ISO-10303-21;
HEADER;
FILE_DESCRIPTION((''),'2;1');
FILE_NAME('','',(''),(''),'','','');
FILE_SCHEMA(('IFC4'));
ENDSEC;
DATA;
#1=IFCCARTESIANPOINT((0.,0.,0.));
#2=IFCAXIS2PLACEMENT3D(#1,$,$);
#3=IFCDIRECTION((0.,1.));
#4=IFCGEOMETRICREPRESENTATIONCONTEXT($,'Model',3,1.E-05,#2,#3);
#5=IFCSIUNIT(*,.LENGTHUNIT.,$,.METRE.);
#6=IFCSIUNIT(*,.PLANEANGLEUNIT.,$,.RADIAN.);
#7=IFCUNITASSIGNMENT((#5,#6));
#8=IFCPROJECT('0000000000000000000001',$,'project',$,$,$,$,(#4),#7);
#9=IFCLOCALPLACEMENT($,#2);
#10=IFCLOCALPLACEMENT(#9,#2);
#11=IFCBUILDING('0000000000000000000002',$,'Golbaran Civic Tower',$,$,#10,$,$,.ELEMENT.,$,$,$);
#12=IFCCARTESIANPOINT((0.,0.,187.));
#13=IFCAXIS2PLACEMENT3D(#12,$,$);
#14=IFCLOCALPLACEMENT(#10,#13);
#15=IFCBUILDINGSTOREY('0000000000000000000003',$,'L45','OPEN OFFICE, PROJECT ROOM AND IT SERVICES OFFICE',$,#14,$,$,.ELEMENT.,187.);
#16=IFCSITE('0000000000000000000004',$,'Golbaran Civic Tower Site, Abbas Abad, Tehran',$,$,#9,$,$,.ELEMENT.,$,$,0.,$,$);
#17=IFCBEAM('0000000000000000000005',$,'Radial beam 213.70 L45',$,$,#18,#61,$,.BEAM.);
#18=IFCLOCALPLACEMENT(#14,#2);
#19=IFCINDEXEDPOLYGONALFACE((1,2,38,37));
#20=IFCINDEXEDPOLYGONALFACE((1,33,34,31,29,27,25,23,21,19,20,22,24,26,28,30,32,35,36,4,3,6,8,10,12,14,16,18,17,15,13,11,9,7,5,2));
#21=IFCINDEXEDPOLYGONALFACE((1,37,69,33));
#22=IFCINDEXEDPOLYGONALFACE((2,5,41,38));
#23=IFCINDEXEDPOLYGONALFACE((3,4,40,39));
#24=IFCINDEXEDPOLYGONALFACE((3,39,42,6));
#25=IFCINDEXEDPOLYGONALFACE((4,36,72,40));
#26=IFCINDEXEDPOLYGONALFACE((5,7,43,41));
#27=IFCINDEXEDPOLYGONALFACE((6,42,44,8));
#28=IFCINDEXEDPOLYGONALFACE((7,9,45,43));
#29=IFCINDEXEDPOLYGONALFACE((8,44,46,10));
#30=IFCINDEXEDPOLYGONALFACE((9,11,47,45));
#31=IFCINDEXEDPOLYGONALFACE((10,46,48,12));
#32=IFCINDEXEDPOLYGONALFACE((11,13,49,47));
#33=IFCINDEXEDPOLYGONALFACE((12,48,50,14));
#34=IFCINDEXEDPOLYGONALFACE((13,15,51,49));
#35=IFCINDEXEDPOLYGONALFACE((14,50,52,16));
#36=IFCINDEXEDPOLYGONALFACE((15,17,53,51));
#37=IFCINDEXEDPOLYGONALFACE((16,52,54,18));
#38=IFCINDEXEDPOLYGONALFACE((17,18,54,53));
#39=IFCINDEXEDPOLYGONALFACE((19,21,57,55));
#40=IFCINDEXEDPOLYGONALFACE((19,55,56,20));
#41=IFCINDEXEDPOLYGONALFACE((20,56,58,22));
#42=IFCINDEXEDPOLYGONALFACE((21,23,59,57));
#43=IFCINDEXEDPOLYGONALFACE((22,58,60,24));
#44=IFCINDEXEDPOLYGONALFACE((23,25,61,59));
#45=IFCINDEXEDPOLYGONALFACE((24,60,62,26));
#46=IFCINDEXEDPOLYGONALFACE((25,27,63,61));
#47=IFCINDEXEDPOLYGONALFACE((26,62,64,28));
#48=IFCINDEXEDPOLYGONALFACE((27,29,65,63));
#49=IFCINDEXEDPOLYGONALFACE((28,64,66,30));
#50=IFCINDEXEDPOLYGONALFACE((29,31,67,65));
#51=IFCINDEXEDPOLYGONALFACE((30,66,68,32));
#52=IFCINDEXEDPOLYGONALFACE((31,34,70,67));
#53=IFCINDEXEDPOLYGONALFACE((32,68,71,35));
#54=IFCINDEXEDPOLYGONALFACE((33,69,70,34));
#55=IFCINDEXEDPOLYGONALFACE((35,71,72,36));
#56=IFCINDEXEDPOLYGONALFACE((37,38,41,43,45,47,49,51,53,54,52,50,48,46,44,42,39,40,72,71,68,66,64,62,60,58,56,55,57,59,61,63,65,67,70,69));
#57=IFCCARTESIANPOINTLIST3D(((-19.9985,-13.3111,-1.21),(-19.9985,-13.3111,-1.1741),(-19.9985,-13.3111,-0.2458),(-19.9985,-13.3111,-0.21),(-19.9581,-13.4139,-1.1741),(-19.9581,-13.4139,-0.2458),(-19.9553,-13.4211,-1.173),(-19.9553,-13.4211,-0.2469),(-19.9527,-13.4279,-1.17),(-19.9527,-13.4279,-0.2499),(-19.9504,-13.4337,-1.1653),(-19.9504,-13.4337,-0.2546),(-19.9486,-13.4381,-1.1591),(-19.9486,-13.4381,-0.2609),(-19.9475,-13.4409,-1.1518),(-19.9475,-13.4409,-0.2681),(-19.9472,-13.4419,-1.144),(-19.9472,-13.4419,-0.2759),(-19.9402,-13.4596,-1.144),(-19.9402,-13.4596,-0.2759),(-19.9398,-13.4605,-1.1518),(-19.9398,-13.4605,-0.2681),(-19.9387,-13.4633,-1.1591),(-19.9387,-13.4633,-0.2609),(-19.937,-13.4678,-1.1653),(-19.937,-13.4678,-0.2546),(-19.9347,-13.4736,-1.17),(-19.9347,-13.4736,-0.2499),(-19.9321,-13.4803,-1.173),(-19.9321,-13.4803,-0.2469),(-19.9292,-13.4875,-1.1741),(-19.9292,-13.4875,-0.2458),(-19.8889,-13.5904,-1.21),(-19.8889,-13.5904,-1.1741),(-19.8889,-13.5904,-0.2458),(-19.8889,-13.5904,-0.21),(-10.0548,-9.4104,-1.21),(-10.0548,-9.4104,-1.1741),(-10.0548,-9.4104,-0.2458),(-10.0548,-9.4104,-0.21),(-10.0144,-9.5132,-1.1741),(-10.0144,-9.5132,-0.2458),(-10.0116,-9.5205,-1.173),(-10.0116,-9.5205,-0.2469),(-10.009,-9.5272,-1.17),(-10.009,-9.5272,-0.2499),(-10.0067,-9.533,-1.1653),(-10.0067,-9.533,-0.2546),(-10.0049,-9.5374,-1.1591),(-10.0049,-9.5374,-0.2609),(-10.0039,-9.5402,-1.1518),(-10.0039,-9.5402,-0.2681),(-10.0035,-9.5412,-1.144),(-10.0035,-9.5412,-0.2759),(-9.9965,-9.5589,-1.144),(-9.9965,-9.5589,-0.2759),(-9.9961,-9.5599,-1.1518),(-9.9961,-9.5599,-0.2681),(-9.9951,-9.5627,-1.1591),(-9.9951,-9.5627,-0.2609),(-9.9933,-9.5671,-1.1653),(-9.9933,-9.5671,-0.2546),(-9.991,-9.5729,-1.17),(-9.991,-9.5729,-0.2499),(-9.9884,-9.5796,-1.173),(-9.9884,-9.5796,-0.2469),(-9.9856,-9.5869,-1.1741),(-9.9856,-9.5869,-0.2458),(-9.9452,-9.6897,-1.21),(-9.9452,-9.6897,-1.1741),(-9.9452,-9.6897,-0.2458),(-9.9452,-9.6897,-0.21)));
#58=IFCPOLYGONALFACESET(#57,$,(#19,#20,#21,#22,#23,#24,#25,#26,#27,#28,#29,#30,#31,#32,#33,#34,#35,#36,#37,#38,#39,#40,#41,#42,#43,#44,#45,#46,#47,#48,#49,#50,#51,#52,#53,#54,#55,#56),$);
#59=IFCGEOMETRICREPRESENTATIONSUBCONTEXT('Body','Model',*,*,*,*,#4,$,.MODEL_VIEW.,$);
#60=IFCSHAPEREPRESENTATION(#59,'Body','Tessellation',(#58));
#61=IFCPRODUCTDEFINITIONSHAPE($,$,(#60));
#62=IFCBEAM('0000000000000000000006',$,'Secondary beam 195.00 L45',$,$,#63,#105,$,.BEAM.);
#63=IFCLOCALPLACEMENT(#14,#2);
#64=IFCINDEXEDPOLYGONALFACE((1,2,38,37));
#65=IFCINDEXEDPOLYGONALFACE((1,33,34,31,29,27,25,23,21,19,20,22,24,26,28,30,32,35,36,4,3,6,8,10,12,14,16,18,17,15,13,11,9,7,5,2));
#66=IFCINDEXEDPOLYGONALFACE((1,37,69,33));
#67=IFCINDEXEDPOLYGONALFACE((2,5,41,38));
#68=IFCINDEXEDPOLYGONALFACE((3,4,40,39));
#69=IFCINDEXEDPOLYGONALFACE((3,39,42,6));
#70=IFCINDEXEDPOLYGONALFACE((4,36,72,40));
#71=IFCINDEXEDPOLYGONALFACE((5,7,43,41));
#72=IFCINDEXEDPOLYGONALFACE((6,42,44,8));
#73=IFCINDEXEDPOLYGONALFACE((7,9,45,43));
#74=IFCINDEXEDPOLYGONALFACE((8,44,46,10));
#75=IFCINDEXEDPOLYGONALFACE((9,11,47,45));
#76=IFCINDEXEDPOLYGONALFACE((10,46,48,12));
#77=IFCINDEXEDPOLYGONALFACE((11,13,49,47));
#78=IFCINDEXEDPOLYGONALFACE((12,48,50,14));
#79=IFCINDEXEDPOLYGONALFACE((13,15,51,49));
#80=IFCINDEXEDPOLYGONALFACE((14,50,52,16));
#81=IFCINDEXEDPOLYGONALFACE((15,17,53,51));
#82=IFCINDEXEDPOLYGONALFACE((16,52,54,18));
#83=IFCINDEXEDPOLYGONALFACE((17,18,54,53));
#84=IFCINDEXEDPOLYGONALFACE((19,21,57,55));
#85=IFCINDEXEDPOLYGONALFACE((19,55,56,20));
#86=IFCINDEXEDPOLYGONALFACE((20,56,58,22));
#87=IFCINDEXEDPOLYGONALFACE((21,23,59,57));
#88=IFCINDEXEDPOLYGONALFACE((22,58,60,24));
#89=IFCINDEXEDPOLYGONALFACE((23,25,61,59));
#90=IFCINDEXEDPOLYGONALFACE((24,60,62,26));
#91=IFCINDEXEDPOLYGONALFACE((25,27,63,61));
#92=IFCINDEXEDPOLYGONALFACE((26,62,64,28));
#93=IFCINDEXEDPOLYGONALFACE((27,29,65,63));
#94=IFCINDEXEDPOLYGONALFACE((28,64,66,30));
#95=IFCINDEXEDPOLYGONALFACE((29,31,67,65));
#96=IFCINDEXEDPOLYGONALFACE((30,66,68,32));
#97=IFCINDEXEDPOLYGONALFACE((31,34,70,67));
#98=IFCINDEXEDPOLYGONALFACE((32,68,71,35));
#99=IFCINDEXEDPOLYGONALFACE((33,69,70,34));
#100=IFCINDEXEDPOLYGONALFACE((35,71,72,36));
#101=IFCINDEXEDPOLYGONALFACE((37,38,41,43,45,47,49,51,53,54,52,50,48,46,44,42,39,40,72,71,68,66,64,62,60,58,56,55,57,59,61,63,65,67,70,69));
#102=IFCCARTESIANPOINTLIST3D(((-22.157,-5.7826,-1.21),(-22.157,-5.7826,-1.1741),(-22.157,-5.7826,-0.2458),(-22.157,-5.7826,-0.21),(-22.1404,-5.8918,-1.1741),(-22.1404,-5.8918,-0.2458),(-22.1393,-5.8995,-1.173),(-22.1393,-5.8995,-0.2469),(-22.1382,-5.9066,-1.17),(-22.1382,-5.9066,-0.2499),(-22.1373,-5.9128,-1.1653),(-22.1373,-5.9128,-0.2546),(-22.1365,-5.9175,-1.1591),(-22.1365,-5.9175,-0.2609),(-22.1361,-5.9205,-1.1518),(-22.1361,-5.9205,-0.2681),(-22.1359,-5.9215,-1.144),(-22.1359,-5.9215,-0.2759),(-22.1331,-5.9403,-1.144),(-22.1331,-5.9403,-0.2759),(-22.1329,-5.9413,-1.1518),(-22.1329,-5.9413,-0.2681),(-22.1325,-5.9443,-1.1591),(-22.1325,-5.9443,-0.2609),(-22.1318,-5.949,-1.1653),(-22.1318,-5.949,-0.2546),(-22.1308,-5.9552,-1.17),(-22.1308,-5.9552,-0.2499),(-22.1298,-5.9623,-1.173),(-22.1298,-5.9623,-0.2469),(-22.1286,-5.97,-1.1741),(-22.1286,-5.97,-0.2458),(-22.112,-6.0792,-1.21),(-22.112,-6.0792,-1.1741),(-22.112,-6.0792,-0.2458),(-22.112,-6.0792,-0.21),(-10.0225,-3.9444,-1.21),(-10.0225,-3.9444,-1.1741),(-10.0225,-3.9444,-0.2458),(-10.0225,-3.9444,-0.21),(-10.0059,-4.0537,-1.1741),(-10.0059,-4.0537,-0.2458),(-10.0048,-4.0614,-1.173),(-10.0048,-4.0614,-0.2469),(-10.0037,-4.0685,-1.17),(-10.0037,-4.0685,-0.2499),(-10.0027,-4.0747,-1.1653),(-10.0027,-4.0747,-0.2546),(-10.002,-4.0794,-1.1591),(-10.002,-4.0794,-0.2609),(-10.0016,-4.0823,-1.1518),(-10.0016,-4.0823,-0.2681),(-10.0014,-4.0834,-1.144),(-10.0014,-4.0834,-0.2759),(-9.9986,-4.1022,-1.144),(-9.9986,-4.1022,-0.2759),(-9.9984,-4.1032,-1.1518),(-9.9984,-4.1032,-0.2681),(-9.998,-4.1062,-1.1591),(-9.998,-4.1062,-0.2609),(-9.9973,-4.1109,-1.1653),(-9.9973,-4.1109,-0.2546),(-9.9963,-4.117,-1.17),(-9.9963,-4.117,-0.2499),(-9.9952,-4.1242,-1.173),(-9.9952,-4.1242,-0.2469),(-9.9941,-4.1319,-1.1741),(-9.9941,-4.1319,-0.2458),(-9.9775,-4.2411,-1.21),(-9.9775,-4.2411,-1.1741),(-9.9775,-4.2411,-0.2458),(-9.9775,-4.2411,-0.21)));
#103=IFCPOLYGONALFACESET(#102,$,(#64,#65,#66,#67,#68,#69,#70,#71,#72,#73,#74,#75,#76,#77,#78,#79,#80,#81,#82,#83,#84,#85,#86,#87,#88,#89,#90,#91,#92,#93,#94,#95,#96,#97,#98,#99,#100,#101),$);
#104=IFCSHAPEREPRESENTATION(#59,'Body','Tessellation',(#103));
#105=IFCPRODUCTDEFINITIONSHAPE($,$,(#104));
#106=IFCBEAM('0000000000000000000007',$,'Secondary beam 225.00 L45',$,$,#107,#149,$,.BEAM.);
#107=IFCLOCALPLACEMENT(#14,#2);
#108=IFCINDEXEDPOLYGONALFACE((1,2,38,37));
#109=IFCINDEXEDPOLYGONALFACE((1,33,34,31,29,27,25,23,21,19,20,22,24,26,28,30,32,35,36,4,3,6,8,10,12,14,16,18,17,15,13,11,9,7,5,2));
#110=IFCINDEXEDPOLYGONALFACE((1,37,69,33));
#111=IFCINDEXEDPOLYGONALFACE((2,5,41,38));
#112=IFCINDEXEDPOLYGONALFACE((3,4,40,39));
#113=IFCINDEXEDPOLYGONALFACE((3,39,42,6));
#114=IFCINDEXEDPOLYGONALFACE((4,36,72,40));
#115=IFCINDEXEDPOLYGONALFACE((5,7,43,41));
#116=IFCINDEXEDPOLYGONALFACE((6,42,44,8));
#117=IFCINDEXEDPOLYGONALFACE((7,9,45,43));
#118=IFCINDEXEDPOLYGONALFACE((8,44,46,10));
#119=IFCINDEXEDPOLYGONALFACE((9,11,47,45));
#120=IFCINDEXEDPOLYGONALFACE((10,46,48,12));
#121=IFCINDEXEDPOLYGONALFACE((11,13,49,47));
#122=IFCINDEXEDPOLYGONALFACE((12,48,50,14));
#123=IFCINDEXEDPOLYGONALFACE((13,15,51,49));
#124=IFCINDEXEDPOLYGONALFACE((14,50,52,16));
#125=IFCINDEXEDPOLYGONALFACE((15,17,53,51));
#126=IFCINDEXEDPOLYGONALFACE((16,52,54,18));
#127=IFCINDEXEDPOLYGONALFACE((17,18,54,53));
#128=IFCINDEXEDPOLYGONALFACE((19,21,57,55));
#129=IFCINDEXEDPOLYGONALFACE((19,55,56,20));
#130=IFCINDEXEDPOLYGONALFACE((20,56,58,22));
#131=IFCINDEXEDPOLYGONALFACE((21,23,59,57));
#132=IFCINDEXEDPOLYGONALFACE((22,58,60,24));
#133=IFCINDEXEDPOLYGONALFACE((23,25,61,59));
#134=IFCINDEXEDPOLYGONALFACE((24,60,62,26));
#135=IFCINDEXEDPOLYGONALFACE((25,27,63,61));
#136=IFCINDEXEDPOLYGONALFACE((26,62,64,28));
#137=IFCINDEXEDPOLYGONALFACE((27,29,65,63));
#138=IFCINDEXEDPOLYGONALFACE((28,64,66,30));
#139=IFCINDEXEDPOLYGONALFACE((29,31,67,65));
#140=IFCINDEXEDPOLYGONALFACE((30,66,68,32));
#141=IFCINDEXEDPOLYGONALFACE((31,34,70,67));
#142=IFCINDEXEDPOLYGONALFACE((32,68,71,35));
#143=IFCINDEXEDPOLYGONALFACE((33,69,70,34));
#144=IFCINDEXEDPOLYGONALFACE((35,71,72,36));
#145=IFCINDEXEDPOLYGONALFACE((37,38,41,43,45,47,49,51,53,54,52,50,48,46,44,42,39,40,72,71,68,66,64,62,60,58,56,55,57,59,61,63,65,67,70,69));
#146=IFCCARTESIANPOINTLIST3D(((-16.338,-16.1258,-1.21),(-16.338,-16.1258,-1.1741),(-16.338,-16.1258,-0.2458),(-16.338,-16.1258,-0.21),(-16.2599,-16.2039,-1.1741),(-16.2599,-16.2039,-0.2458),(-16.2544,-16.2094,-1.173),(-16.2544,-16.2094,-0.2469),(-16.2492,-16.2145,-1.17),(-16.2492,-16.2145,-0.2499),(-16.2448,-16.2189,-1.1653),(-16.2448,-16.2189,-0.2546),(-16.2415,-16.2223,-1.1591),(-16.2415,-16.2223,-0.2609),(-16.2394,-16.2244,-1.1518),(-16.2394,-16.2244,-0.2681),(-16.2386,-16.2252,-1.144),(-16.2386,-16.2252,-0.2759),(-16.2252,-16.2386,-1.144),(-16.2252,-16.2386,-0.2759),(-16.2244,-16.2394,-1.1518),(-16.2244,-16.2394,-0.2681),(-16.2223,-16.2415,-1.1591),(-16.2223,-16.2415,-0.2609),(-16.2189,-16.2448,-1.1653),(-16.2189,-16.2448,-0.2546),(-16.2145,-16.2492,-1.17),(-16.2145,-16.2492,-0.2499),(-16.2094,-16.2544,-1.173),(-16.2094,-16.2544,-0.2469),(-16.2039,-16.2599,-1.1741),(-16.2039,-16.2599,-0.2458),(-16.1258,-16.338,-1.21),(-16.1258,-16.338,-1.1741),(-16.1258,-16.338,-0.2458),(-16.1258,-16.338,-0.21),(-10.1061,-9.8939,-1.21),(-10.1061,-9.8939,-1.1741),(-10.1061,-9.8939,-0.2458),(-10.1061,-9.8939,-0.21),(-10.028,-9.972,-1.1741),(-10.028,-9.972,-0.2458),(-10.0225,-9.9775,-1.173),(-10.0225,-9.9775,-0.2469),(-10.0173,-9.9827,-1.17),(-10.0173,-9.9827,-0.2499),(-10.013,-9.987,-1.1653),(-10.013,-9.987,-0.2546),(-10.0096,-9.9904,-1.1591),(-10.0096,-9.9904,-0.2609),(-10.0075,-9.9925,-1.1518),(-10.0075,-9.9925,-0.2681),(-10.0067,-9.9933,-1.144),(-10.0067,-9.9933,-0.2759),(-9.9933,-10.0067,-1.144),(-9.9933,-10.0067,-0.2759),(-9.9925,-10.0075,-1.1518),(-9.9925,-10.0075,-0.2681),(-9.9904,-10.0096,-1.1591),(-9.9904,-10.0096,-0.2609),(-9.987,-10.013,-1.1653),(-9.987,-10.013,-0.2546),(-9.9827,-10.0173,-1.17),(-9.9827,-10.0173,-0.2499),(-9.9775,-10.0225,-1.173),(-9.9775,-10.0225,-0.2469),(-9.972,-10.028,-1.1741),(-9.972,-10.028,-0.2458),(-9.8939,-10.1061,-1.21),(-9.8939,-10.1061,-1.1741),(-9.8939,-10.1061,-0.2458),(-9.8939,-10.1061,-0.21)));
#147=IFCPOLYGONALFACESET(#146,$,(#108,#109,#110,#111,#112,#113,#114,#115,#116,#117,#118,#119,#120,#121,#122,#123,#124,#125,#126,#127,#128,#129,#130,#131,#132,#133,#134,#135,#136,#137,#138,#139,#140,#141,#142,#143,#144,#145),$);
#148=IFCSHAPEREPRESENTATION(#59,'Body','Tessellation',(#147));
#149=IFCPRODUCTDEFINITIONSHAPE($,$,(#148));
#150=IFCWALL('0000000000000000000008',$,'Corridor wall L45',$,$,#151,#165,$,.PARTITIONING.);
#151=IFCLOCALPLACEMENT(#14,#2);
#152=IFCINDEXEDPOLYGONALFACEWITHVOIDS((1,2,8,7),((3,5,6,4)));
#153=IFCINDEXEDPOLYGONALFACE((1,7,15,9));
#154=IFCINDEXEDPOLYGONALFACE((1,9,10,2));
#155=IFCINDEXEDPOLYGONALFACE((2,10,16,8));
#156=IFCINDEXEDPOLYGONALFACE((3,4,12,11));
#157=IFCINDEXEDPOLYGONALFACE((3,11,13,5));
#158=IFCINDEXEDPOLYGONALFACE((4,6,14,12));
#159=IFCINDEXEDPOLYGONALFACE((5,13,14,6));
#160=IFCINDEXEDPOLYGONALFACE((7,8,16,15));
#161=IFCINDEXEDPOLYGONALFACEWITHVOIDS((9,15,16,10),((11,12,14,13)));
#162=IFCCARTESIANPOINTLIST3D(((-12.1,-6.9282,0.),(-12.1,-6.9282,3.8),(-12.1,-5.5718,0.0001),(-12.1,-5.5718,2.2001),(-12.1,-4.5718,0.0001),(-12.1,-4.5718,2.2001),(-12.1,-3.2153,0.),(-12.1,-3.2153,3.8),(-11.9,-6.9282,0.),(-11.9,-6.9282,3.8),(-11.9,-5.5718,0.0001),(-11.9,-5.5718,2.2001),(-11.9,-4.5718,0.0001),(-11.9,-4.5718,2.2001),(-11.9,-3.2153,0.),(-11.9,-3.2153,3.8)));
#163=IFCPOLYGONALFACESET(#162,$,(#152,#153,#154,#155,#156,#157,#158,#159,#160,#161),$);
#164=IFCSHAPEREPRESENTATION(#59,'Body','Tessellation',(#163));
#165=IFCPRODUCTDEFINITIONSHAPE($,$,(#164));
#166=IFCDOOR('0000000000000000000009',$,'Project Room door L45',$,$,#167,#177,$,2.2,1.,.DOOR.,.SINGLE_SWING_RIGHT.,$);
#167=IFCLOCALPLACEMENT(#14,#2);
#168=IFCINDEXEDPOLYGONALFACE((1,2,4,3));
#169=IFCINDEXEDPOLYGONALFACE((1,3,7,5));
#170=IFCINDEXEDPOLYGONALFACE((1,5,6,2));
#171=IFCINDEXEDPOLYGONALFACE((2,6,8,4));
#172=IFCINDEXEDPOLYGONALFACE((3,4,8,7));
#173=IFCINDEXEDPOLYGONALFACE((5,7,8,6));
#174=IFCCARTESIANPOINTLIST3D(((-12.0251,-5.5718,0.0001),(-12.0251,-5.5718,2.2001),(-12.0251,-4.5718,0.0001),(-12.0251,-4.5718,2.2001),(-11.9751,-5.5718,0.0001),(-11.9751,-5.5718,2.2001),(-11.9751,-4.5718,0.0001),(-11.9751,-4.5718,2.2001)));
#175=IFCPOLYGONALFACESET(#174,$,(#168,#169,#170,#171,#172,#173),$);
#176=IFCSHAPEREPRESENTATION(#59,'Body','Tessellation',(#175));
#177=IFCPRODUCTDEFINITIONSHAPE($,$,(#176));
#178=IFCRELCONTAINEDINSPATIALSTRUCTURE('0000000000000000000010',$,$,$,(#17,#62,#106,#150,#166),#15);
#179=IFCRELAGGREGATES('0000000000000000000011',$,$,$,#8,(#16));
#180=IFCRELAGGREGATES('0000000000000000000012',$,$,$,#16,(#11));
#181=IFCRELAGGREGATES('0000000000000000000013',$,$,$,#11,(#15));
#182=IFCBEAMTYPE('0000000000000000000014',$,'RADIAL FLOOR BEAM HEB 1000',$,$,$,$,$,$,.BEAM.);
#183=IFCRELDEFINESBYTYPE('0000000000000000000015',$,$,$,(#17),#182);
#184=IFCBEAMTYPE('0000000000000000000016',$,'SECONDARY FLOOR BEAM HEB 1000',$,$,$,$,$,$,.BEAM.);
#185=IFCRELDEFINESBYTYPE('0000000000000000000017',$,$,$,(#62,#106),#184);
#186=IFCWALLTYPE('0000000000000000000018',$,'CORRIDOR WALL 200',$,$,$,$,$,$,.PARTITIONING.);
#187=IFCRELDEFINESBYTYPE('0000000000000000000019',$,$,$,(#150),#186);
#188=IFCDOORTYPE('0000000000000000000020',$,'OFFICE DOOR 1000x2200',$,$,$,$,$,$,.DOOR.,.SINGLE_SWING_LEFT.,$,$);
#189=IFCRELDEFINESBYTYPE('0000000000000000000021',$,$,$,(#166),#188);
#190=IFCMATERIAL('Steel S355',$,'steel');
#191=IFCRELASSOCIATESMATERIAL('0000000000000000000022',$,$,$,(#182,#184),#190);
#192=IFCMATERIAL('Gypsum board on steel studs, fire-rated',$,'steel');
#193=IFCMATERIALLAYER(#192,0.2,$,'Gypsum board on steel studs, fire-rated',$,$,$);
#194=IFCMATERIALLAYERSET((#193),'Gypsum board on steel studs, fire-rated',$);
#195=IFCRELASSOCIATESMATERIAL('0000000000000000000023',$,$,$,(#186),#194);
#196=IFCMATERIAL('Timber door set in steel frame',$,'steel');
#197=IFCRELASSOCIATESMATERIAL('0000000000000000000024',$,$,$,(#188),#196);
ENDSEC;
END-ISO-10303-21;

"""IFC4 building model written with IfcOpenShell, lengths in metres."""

from ifc_helpers import new_model, si_unit, direction, frame, frame_2d, origin, origin_2d, place, context, subcontext, project, spatial, rectangle, i_section, extrude, material, layer, layer_set, material_profile, profile_set, type_object, element, fill, save


model = new_model("IFC4")

# Units and contexts
model_context = context("Model", 3, precision=1e-05, world=origin(), true_north=direction((0.0, 1.0)))
body_context = subcontext(model_context, "Body", "Model", "MODEL_VIEW")
ifc_project = project(units=[si_unit("LENGTHUNIT", "METRE"), si_unit("PLANEANGLEUNIT", "RADIAN")], contexts=[model_context])

# Site, building, storey
site_placement = place(None, origin())
site = spatial("IfcSite", under=ifc_project, at=site_placement, Name="Golbaran Civic Tower Site, Abbas Abad, Tehran", CompositionType="ELEMENT", RefElevation=0.0)
building_placement = place(site_placement, origin())
building = spatial("IfcBuilding", under=site, at=building_placement, Name="Golbaran Civic Tower", CompositionType="ELEMENT")
storey_placement = place(building_placement, frame((0.0, 0.0, 187.0)))
storey = spatial("IfcBuildingStorey", under=building, at=storey_placement, Name="L45", Description="OPEN OFFICE, PROJECT ROOM AND IT SERVICES OFFICE", CompositionType="ELEMENT", Elevation=187.0)

# Beams
ifc_material_1 = material(Name="Steel S355", Category="steel")
ifc_material_profile_1 = material_profile(ifc_material_1, i_section(OverallWidth=0.3, OverallDepth=1.0, WebThickness=0.019, FlangeThickness=0.0359, FilletRadius=0.03, at=origin_2d()), Name="HEB 1000")
ifc_profile_set_1 = profile_set([ifc_material_profile_1], Name="Steel S355")
beam_type_1 = type_object("IfcBeamType", Name="RADIAL FLOOR BEAM HEB 1000", PredefinedType="BEAM", material=ifc_profile_set_1)
beam_1_placement = place(storey_placement, frame((-10.0, -9.55, -0.71), z_axis=(-0.930936, -0.365183, 0.0), x_axis=(0.365183, -0.930936, 0.0)))
element("IfcBeam", 1, at=beam_1_placement, inside=storey, type_object=beam_type_1, Name="Radial beam 213.70 L45", PredefinedType="BEAM", context=body_context, shape_type="SweptSolid", body=[
    extrude(i_section(OverallWidth=0.3, OverallDepth=1.0, WebThickness=0.019, FlangeThickness=0.0359, FilletRadius=0.03, at=origin_2d()), origin(), (0.0, 0.0, 1.0), 10.6814),
])
ifc_material_profile_2 = material_profile(ifc_material_1, i_section(OverallWidth=0.3, OverallDepth=1.0, WebThickness=0.019, FlangeThickness=0.0359, FilletRadius=0.03, at=origin_2d()), Name="HEB 1000")
ifc_profile_set_2 = profile_set([ifc_material_profile_2], Name="Steel S355")
beam_type_2 = type_object("IfcBeamType", Name="SECONDARY FLOOR BEAM HEB 1000", PredefinedType="BEAM", material=ifc_profile_set_2)
beam_2_placement = place(storey_placement, frame((-10.0, -4.0928, -0.71), z_axis=(-0.988721, -0.149771, 0.0), x_axis=(0.149771, -0.988721, 0.0)))
element("IfcBeam", 2, at=beam_2_placement, inside=storey, type_object=beam_type_2, Name="Secondary beam 195.00 L45", PredefinedType="BEAM", context=body_context, shape_type="SweptSolid", body=[
    extrude(i_section(OverallWidth=0.3, OverallDepth=1.0, WebThickness=0.019, FlangeThickness=0.0359, FilletRadius=0.03, at=origin_2d()), origin(), (0.0, 0.0, 1.0), 12.2729),
])
beam_3_placement = place(storey_placement, frame((-10.0, -10.0, -0.71), z_axis=(-0.707107, -0.707107, 0.0), x_axis=(0.707107, -0.707107, 0.0)))
element("IfcBeam", 3, at=beam_3_placement, inside=storey, type_object=beam_type_2, Name="Secondary beam 225.00 L45", PredefinedType="BEAM", context=body_context, shape_type="SweptSolid", body=[
    extrude(i_section(OverallWidth=0.3, OverallDepth=1.0, WebThickness=0.019, FlangeThickness=0.0359, FilletRadius=0.03, at=origin_2d()), origin(), (0.0, 0.0, 1.0), 8.8132),
])

# Wall, opening, door
ifc_material_2 = material(Name="Gypsum board on steel studs, fire-rated", Category="steel")
ifc_layer_1 = layer(ifc_material_2, 0.2, Name="Gypsum board on steel studs, fire-rated")
ifc_layer_set_1 = layer_set([ifc_layer_1], Name="Gypsum board on steel studs, fire-rated")
wall_type_1 = type_object("IfcWallType", Name="CORRIDOR WALL 200", PredefinedType="PARTITIONING", material=ifc_layer_set_1)
wall_1_placement = place(storey_placement, frame((-12.0, -3.2153, 0.0), z_axis=(0.0, 0.0, 1.0), x_axis=(0.0, -1.0, 0.0)))
wall_1 = element("IfcWall", 4, at=wall_1_placement, inside=storey, type_object=wall_type_1, Name="Corridor wall L45", PredefinedType="PARTITIONING", context=body_context, shape_type="SweptSolid", body=[
    extrude(rectangle(XDim=3.7129, YDim=0.2, at=frame_2d((1.8564, 0.0))), origin(), (0.0, 0.0, 1.0), 3.8),
])
opening_1_placement = place(wall_1_placement, frame((1.3564, 0.0, 0.0)))
opening_1 = element("IfcOpeningElement", 5, at=opening_1_placement, cuts=wall_1, PredefinedType="OPENING", context=body_context, shape_type="SweptSolid", body=[
    extrude(rectangle(XDim=1.0, YDim=2.2, at=frame_2d((0.5, 1.1001))), frame((0.0, 0.1099, 0.0), z_axis=(0.0, -1.0, 0.0), x_axis=(1.0, 0.0, 0.0)), (0.0, 0.0, 1.0), 0.22),
])
ifc_material_3 = material(Name="Timber door set in steel frame", Category="steel")
door_type = type_object("IfcDoorType", Name="OFFICE DOOR 1000x2200", OperationType="SINGLE_SWING_LEFT", PredefinedType="DOOR", material=ifc_material_3)
door_1_placement = place(opening_1_placement, origin())
door_1 = element("IfcDoor", 6, at=door_1_placement, inside=storey, type_object=door_type, Name="Project Room door L45", OperationType="SINGLE_SWING_RIGHT", OverallHeight=2.2, OverallWidth=1.0, PredefinedType="DOOR", context=body_context, shape_type="SweptSolid", body=[
    extrude(rectangle(XDim=1.0, YDim=2.2, at=frame_2d((0.5, 1.1001))), frame((0.0, 0.0249, 0.0), z_axis=(0.0, -1.0, 0.0), x_axis=(1.0, 0.0, 0.0)), (0.0, 0.0, 1.0), 0.05),
])
fill(opening_1, door_1)

save(model, "model.ifc")
